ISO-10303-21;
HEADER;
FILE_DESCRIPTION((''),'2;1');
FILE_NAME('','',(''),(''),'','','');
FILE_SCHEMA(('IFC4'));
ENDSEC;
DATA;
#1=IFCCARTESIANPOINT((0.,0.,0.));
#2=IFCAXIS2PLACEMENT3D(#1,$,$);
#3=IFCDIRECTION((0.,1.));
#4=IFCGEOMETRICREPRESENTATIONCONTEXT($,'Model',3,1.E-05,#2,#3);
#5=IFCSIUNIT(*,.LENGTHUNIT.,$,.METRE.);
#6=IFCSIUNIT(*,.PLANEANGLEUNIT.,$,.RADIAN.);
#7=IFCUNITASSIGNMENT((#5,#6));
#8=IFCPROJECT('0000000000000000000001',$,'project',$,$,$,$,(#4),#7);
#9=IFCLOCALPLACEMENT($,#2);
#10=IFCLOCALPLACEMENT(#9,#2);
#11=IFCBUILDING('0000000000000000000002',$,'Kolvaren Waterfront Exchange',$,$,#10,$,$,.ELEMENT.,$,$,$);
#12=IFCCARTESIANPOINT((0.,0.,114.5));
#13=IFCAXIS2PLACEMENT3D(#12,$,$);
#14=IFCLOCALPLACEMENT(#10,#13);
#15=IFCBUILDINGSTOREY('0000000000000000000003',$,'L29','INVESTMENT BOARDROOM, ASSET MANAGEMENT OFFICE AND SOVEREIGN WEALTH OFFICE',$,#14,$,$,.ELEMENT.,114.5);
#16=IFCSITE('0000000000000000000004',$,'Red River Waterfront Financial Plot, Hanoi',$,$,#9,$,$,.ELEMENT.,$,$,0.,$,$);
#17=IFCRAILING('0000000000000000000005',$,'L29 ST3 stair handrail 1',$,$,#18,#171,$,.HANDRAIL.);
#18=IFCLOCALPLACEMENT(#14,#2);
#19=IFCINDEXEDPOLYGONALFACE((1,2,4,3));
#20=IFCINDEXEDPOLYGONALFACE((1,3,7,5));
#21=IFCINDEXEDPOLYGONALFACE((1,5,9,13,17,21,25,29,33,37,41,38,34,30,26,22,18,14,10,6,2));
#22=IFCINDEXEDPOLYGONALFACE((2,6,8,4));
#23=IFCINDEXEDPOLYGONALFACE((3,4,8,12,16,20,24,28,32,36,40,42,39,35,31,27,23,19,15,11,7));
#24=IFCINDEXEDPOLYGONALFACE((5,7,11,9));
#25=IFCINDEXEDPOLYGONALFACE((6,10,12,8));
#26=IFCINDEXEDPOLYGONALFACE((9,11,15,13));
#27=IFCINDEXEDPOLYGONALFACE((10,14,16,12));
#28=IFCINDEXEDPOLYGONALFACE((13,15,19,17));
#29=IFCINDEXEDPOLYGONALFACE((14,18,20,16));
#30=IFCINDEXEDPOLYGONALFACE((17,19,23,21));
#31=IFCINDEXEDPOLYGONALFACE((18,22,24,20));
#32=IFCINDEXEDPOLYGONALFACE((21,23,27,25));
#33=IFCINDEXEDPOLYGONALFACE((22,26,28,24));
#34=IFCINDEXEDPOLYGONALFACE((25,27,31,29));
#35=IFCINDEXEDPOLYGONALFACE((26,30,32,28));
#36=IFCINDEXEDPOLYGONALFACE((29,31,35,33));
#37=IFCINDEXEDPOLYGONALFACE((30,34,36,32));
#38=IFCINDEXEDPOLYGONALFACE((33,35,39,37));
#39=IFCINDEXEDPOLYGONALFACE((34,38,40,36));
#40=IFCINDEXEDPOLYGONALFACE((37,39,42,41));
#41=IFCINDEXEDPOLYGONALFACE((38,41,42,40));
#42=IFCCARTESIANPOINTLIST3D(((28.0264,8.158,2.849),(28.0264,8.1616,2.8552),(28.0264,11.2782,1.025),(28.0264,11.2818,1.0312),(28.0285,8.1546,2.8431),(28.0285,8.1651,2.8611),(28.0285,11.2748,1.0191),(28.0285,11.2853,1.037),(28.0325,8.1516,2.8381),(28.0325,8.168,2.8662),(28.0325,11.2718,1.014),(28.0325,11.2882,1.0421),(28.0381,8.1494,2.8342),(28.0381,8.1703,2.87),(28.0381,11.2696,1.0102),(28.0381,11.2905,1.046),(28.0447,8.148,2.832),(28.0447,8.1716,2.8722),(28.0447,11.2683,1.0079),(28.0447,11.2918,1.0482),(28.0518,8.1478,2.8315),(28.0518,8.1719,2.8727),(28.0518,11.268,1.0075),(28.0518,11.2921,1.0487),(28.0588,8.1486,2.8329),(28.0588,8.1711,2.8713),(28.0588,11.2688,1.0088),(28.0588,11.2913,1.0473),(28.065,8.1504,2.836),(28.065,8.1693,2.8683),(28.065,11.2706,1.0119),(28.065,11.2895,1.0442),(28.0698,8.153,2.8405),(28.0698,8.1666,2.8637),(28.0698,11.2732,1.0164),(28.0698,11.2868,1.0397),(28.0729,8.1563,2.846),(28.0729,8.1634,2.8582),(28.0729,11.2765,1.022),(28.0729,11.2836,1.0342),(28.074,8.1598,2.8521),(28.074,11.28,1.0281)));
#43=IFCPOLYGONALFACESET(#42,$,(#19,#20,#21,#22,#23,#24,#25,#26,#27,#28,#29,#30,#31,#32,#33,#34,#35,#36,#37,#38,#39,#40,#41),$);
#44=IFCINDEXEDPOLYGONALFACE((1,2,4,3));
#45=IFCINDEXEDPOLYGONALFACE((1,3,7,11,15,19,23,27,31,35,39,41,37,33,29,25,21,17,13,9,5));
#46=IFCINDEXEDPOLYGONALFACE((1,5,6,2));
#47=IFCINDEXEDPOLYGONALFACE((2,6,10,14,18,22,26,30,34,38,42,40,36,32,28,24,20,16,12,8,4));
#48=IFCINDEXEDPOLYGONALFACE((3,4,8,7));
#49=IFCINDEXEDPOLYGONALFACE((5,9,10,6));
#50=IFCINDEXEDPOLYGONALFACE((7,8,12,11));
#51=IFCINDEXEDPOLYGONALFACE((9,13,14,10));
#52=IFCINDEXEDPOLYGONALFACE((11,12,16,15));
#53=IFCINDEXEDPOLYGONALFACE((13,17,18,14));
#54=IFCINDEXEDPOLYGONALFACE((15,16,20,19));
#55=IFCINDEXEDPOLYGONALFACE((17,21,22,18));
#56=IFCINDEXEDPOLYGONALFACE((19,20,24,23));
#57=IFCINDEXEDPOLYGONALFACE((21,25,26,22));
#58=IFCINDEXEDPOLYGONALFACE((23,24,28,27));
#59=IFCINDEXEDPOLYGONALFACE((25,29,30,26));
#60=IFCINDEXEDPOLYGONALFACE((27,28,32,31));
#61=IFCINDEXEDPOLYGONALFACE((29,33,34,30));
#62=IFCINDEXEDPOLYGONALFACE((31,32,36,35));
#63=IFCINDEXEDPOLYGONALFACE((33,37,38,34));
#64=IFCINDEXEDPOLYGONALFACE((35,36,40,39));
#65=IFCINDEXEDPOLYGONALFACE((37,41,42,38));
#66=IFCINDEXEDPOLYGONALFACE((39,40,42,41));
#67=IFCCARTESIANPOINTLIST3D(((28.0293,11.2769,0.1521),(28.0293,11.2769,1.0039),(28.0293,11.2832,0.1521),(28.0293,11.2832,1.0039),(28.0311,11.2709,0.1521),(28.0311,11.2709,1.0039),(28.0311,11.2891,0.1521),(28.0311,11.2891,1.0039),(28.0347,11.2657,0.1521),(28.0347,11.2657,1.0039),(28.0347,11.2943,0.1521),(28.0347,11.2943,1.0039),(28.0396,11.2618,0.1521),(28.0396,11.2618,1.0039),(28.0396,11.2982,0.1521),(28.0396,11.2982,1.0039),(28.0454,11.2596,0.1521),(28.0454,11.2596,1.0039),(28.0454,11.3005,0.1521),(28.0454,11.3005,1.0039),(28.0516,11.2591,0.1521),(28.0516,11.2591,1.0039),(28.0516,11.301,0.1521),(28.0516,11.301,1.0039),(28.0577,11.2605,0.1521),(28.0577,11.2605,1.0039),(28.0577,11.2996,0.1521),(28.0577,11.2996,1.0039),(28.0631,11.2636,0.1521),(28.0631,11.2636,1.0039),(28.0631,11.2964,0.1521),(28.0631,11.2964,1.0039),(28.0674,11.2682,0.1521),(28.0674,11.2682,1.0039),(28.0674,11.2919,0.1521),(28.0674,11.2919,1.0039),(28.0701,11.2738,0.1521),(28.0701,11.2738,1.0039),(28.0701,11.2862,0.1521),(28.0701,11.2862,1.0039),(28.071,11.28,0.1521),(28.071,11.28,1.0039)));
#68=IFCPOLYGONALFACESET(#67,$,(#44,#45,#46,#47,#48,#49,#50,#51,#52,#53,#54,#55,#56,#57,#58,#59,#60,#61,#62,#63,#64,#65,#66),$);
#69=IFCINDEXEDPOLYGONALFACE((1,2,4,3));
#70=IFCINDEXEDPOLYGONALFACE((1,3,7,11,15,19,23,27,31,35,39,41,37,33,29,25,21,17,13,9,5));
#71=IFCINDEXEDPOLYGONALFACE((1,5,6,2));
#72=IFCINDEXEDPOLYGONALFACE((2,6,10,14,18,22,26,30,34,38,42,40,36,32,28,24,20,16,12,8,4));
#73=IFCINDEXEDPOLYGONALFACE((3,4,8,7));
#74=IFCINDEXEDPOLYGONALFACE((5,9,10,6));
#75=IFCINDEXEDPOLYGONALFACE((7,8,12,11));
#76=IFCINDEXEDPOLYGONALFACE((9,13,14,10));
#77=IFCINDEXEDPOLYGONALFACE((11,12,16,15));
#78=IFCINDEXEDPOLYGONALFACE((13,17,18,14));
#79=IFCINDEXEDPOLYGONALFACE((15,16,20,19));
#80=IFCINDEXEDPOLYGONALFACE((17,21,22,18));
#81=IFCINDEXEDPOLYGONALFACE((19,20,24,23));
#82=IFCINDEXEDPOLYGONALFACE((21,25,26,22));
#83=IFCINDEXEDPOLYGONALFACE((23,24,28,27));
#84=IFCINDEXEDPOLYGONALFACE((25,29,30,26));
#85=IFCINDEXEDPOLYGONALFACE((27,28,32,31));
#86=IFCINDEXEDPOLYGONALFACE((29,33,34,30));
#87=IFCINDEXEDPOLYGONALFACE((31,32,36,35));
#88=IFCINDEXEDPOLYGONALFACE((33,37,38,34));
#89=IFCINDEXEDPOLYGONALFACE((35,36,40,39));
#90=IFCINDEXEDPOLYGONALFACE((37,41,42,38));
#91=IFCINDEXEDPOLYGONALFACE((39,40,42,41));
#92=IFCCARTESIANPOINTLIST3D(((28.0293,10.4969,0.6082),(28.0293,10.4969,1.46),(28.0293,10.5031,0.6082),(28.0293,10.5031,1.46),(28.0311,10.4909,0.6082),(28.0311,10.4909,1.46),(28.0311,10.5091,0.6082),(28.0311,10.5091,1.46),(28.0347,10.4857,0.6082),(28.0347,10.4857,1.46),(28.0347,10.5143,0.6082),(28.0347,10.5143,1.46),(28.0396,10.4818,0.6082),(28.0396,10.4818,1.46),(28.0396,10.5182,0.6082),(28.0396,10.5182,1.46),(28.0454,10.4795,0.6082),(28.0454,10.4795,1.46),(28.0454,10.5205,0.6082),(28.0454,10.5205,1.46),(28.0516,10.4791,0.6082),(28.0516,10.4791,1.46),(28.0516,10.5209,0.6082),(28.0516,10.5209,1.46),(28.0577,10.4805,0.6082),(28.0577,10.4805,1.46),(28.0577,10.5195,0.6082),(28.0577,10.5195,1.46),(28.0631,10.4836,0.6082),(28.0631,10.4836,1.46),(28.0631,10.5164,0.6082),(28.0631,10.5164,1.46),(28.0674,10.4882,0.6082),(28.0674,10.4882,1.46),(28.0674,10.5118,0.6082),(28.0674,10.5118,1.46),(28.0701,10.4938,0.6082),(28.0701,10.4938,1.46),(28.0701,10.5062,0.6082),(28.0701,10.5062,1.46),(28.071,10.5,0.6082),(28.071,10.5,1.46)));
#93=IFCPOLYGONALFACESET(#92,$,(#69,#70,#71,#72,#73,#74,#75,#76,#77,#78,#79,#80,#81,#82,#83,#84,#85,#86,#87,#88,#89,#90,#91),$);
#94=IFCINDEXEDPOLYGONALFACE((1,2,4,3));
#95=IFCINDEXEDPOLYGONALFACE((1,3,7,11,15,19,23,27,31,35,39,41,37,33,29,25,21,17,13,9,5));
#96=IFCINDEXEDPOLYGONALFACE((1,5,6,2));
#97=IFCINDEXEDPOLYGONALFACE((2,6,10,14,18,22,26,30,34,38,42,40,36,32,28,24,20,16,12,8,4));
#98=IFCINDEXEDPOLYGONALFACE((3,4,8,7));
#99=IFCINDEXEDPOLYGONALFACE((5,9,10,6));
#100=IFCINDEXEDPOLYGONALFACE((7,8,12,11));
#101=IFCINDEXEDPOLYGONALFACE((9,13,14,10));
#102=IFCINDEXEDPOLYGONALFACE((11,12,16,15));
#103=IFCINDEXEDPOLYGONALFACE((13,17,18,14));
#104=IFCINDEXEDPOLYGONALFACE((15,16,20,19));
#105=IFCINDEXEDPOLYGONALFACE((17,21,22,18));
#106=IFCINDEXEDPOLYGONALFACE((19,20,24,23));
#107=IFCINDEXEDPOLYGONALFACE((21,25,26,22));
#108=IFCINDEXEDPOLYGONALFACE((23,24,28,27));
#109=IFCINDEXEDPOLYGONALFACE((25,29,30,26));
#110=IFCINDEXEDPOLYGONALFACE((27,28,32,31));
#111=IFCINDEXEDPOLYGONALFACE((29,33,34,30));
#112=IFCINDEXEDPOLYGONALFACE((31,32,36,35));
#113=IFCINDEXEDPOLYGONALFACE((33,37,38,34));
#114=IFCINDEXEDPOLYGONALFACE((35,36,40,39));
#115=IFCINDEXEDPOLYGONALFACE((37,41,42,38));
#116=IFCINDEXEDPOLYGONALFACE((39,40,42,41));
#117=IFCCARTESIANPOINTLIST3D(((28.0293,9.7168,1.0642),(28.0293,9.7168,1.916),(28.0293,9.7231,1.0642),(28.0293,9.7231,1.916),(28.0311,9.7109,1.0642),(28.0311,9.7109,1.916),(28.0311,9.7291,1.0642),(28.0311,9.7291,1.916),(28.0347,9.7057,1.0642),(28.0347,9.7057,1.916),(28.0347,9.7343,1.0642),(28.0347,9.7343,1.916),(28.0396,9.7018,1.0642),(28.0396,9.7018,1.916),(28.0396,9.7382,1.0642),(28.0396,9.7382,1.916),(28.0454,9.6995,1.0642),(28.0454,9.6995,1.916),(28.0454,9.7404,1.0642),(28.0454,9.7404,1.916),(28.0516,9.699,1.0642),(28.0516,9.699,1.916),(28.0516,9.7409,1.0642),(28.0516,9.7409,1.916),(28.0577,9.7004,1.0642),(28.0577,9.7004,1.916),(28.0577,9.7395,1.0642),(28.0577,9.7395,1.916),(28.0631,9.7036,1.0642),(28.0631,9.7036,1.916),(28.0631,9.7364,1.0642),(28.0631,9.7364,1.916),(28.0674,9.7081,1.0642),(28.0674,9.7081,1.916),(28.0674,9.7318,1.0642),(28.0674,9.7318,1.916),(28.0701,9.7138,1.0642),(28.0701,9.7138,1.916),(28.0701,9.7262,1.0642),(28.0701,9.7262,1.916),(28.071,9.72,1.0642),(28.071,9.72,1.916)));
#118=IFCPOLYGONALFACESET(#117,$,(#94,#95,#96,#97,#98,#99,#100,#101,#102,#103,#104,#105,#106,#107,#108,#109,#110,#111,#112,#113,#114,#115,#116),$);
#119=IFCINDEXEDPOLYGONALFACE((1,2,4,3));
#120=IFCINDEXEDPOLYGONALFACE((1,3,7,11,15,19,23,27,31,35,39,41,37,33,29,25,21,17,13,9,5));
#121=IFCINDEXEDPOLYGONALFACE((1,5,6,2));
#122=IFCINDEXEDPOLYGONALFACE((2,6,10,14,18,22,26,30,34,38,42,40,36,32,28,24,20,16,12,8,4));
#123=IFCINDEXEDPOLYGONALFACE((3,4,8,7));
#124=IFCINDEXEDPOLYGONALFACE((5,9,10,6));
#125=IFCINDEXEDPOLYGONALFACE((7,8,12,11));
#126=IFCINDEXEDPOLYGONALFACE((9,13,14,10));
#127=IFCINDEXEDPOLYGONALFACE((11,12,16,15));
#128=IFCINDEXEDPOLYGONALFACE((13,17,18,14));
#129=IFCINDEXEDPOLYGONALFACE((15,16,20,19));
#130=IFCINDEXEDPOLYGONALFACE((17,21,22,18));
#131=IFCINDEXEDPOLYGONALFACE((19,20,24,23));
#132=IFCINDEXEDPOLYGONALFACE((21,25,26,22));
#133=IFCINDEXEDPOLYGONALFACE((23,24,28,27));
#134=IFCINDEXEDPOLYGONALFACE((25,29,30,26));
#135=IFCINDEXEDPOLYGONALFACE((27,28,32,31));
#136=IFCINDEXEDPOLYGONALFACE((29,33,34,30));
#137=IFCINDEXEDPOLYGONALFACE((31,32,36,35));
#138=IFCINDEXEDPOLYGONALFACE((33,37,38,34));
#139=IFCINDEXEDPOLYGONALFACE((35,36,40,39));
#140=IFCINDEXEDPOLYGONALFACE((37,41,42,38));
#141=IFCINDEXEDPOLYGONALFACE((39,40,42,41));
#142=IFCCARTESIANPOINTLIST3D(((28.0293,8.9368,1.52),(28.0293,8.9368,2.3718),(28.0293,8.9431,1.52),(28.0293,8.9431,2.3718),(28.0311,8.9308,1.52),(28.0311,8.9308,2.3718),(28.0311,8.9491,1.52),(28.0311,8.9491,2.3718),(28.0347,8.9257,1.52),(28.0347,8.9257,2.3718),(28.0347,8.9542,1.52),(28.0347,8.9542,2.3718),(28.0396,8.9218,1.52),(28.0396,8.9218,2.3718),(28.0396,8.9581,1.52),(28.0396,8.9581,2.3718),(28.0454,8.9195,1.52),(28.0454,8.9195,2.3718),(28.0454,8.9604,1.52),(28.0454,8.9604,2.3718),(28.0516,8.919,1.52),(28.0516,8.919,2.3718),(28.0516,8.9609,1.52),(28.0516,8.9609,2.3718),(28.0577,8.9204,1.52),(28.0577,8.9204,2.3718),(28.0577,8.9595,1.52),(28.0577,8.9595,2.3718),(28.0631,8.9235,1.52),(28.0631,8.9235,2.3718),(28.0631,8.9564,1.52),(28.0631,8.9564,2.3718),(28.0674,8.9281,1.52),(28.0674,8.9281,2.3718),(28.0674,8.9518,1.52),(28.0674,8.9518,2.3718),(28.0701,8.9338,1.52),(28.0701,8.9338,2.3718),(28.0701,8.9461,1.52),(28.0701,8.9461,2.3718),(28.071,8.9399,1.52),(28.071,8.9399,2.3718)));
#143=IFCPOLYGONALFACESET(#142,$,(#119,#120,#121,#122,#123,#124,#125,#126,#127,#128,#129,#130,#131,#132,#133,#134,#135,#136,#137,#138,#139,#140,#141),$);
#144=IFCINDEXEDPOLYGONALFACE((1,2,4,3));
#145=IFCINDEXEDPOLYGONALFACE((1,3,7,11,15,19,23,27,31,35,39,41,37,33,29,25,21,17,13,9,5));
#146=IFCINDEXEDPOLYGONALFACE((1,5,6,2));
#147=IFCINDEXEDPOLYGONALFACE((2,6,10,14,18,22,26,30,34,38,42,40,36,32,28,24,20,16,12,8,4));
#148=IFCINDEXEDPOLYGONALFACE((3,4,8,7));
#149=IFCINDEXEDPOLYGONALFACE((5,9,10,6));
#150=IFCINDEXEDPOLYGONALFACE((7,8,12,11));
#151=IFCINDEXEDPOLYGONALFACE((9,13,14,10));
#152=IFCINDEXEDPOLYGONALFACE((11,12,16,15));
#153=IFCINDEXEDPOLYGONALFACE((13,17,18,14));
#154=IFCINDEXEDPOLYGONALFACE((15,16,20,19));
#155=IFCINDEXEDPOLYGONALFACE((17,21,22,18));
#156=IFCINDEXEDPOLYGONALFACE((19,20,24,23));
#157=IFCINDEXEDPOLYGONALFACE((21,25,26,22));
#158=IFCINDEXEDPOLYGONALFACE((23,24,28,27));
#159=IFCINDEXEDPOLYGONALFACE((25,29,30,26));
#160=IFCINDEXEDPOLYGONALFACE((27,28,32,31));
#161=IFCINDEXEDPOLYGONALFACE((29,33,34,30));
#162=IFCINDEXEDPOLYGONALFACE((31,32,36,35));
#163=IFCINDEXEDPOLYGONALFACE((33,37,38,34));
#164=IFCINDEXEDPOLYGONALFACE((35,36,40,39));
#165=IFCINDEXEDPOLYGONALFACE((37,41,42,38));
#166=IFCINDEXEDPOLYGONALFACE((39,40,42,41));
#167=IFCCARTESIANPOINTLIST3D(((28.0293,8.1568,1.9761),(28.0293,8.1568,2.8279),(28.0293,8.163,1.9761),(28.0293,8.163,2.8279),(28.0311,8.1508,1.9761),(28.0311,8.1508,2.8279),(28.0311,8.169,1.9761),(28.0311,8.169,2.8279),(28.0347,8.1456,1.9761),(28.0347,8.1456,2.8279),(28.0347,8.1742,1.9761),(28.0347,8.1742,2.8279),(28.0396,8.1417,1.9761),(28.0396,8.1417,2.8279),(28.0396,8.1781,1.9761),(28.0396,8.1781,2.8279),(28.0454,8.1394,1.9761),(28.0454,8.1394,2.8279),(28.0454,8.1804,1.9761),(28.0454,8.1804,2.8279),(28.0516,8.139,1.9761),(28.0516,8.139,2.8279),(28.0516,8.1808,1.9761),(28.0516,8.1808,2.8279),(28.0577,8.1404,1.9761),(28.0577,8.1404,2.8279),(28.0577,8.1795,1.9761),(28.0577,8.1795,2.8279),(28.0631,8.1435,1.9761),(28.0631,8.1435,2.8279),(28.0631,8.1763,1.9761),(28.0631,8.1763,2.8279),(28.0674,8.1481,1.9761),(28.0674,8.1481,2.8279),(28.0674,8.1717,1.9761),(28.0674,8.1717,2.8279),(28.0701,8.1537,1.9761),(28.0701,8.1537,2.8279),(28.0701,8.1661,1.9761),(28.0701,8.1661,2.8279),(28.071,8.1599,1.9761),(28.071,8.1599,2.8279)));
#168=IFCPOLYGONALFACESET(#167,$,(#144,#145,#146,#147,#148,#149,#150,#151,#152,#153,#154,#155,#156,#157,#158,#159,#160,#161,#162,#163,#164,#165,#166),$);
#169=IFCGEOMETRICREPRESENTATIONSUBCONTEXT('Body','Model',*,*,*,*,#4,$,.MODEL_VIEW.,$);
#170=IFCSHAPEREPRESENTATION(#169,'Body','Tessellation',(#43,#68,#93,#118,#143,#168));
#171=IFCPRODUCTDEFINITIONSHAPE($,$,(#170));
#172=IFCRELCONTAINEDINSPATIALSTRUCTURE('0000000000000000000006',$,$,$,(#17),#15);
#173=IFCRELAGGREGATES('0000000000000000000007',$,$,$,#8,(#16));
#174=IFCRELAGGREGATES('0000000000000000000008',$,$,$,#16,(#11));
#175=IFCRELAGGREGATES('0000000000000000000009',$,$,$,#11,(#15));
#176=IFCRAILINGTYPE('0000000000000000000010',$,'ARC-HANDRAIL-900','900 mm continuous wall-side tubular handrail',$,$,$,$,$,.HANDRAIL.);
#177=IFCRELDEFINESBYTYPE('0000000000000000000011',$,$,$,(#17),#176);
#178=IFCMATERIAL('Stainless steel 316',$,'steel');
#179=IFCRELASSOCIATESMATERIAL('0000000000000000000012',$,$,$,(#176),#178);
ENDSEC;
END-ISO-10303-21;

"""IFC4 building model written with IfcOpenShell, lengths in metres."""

from ifc_helpers import new_model, si_unit, direction, frame, origin, origin_2d, place, context, subcontext, project, spatial, circle, extrude, material, type_object, element, save


model = new_model("IFC4")

# Units and contexts
model_context = context("Model", 3, precision=1e-05, world=origin(), true_north=direction((0.0, 1.0)))
body_context = subcontext(model_context, "Body", "Model", "MODEL_VIEW")
ifc_project = project(units=[si_unit("LENGTHUNIT", "METRE"), si_unit("PLANEANGLEUNIT", "RADIAN")], contexts=[model_context])

# Site, building, storey
site_placement = place(None, origin())
site = spatial("IfcSite", under=ifc_project, at=site_placement, Name="Red River Waterfront Financial Plot, Hanoi", CompositionType="ELEMENT", RefElevation=0.0)
building_placement = place(site_placement, origin())
building = spatial("IfcBuilding", under=site, at=building_placement, Name="Kolvaren Waterfront Exchange", CompositionType="ELEMENT")
storey_placement = place(building_placement, frame((0.0, 0.0, 114.5)))
storey = spatial("IfcBuildingStorey", under=building, at=storey_placement, Name="L29", Description="INVESTMENT BOARDROOM, ASSET MANAGEMENT OFFICE AND SOVEREIGN WEALTH OFFICE", CompositionType="ELEMENT", Elevation=114.5)

# Railing
ifc_material_1 = material(Name="Stainless steel 316", Category="steel")
railing_type_1 = type_object("IfcRailingType", Name="ARC-HANDRAIL-900", Description="900 mm continuous wall-side tubular handrail", PredefinedType="HANDRAIL", material=ifc_material_1)
railing_1_placement = place(storey_placement, frame((28.05, 11.28, 0.1521)))
element("IfcRailing", 1, at=railing_1_placement, inside=storey, type_object=railing_type_1, Name="L29 ST3 stair handrail 1", PredefinedType="HANDRAIL", context=body_context, shape_type="SweptSolid", body=[
    extrude(circle(Radius=0.0239, at=origin_2d()), frame((0.0, 0.0, 0.876), z_axis=(0.0, -0.863308, 0.504677), x_axis=(1.0, 0.0, 0.0)), (0.0, 0.0, 1.0), 3.6143),
    extrude(circle(Radius=0.021, at=origin_2d()), origin(), (0.0, 0.0, 1.0), 0.8518),
    extrude(circle(Radius=0.021, at=origin_2d()), frame((0.0, -0.78, 0.4561)), (0.0, 0.0, 1.0), 0.8518),
    extrude(circle(Radius=0.021, at=origin_2d()), frame((0.0, -1.5601, 0.9121)), (0.0, 0.0, 1.0), 0.8518),
    extrude(circle(Radius=0.021, at=origin_2d()), frame((0.0, -2.3401, 1.3679)), (0.0, 0.0, 1.0), 0.8518),
    extrude(circle(Radius=0.021, at=origin_2d()), frame((0.0, -3.1201, 1.824)), (0.0, 0.0, 1.0), 0.8518),
])

save(model, "model.ifc")
